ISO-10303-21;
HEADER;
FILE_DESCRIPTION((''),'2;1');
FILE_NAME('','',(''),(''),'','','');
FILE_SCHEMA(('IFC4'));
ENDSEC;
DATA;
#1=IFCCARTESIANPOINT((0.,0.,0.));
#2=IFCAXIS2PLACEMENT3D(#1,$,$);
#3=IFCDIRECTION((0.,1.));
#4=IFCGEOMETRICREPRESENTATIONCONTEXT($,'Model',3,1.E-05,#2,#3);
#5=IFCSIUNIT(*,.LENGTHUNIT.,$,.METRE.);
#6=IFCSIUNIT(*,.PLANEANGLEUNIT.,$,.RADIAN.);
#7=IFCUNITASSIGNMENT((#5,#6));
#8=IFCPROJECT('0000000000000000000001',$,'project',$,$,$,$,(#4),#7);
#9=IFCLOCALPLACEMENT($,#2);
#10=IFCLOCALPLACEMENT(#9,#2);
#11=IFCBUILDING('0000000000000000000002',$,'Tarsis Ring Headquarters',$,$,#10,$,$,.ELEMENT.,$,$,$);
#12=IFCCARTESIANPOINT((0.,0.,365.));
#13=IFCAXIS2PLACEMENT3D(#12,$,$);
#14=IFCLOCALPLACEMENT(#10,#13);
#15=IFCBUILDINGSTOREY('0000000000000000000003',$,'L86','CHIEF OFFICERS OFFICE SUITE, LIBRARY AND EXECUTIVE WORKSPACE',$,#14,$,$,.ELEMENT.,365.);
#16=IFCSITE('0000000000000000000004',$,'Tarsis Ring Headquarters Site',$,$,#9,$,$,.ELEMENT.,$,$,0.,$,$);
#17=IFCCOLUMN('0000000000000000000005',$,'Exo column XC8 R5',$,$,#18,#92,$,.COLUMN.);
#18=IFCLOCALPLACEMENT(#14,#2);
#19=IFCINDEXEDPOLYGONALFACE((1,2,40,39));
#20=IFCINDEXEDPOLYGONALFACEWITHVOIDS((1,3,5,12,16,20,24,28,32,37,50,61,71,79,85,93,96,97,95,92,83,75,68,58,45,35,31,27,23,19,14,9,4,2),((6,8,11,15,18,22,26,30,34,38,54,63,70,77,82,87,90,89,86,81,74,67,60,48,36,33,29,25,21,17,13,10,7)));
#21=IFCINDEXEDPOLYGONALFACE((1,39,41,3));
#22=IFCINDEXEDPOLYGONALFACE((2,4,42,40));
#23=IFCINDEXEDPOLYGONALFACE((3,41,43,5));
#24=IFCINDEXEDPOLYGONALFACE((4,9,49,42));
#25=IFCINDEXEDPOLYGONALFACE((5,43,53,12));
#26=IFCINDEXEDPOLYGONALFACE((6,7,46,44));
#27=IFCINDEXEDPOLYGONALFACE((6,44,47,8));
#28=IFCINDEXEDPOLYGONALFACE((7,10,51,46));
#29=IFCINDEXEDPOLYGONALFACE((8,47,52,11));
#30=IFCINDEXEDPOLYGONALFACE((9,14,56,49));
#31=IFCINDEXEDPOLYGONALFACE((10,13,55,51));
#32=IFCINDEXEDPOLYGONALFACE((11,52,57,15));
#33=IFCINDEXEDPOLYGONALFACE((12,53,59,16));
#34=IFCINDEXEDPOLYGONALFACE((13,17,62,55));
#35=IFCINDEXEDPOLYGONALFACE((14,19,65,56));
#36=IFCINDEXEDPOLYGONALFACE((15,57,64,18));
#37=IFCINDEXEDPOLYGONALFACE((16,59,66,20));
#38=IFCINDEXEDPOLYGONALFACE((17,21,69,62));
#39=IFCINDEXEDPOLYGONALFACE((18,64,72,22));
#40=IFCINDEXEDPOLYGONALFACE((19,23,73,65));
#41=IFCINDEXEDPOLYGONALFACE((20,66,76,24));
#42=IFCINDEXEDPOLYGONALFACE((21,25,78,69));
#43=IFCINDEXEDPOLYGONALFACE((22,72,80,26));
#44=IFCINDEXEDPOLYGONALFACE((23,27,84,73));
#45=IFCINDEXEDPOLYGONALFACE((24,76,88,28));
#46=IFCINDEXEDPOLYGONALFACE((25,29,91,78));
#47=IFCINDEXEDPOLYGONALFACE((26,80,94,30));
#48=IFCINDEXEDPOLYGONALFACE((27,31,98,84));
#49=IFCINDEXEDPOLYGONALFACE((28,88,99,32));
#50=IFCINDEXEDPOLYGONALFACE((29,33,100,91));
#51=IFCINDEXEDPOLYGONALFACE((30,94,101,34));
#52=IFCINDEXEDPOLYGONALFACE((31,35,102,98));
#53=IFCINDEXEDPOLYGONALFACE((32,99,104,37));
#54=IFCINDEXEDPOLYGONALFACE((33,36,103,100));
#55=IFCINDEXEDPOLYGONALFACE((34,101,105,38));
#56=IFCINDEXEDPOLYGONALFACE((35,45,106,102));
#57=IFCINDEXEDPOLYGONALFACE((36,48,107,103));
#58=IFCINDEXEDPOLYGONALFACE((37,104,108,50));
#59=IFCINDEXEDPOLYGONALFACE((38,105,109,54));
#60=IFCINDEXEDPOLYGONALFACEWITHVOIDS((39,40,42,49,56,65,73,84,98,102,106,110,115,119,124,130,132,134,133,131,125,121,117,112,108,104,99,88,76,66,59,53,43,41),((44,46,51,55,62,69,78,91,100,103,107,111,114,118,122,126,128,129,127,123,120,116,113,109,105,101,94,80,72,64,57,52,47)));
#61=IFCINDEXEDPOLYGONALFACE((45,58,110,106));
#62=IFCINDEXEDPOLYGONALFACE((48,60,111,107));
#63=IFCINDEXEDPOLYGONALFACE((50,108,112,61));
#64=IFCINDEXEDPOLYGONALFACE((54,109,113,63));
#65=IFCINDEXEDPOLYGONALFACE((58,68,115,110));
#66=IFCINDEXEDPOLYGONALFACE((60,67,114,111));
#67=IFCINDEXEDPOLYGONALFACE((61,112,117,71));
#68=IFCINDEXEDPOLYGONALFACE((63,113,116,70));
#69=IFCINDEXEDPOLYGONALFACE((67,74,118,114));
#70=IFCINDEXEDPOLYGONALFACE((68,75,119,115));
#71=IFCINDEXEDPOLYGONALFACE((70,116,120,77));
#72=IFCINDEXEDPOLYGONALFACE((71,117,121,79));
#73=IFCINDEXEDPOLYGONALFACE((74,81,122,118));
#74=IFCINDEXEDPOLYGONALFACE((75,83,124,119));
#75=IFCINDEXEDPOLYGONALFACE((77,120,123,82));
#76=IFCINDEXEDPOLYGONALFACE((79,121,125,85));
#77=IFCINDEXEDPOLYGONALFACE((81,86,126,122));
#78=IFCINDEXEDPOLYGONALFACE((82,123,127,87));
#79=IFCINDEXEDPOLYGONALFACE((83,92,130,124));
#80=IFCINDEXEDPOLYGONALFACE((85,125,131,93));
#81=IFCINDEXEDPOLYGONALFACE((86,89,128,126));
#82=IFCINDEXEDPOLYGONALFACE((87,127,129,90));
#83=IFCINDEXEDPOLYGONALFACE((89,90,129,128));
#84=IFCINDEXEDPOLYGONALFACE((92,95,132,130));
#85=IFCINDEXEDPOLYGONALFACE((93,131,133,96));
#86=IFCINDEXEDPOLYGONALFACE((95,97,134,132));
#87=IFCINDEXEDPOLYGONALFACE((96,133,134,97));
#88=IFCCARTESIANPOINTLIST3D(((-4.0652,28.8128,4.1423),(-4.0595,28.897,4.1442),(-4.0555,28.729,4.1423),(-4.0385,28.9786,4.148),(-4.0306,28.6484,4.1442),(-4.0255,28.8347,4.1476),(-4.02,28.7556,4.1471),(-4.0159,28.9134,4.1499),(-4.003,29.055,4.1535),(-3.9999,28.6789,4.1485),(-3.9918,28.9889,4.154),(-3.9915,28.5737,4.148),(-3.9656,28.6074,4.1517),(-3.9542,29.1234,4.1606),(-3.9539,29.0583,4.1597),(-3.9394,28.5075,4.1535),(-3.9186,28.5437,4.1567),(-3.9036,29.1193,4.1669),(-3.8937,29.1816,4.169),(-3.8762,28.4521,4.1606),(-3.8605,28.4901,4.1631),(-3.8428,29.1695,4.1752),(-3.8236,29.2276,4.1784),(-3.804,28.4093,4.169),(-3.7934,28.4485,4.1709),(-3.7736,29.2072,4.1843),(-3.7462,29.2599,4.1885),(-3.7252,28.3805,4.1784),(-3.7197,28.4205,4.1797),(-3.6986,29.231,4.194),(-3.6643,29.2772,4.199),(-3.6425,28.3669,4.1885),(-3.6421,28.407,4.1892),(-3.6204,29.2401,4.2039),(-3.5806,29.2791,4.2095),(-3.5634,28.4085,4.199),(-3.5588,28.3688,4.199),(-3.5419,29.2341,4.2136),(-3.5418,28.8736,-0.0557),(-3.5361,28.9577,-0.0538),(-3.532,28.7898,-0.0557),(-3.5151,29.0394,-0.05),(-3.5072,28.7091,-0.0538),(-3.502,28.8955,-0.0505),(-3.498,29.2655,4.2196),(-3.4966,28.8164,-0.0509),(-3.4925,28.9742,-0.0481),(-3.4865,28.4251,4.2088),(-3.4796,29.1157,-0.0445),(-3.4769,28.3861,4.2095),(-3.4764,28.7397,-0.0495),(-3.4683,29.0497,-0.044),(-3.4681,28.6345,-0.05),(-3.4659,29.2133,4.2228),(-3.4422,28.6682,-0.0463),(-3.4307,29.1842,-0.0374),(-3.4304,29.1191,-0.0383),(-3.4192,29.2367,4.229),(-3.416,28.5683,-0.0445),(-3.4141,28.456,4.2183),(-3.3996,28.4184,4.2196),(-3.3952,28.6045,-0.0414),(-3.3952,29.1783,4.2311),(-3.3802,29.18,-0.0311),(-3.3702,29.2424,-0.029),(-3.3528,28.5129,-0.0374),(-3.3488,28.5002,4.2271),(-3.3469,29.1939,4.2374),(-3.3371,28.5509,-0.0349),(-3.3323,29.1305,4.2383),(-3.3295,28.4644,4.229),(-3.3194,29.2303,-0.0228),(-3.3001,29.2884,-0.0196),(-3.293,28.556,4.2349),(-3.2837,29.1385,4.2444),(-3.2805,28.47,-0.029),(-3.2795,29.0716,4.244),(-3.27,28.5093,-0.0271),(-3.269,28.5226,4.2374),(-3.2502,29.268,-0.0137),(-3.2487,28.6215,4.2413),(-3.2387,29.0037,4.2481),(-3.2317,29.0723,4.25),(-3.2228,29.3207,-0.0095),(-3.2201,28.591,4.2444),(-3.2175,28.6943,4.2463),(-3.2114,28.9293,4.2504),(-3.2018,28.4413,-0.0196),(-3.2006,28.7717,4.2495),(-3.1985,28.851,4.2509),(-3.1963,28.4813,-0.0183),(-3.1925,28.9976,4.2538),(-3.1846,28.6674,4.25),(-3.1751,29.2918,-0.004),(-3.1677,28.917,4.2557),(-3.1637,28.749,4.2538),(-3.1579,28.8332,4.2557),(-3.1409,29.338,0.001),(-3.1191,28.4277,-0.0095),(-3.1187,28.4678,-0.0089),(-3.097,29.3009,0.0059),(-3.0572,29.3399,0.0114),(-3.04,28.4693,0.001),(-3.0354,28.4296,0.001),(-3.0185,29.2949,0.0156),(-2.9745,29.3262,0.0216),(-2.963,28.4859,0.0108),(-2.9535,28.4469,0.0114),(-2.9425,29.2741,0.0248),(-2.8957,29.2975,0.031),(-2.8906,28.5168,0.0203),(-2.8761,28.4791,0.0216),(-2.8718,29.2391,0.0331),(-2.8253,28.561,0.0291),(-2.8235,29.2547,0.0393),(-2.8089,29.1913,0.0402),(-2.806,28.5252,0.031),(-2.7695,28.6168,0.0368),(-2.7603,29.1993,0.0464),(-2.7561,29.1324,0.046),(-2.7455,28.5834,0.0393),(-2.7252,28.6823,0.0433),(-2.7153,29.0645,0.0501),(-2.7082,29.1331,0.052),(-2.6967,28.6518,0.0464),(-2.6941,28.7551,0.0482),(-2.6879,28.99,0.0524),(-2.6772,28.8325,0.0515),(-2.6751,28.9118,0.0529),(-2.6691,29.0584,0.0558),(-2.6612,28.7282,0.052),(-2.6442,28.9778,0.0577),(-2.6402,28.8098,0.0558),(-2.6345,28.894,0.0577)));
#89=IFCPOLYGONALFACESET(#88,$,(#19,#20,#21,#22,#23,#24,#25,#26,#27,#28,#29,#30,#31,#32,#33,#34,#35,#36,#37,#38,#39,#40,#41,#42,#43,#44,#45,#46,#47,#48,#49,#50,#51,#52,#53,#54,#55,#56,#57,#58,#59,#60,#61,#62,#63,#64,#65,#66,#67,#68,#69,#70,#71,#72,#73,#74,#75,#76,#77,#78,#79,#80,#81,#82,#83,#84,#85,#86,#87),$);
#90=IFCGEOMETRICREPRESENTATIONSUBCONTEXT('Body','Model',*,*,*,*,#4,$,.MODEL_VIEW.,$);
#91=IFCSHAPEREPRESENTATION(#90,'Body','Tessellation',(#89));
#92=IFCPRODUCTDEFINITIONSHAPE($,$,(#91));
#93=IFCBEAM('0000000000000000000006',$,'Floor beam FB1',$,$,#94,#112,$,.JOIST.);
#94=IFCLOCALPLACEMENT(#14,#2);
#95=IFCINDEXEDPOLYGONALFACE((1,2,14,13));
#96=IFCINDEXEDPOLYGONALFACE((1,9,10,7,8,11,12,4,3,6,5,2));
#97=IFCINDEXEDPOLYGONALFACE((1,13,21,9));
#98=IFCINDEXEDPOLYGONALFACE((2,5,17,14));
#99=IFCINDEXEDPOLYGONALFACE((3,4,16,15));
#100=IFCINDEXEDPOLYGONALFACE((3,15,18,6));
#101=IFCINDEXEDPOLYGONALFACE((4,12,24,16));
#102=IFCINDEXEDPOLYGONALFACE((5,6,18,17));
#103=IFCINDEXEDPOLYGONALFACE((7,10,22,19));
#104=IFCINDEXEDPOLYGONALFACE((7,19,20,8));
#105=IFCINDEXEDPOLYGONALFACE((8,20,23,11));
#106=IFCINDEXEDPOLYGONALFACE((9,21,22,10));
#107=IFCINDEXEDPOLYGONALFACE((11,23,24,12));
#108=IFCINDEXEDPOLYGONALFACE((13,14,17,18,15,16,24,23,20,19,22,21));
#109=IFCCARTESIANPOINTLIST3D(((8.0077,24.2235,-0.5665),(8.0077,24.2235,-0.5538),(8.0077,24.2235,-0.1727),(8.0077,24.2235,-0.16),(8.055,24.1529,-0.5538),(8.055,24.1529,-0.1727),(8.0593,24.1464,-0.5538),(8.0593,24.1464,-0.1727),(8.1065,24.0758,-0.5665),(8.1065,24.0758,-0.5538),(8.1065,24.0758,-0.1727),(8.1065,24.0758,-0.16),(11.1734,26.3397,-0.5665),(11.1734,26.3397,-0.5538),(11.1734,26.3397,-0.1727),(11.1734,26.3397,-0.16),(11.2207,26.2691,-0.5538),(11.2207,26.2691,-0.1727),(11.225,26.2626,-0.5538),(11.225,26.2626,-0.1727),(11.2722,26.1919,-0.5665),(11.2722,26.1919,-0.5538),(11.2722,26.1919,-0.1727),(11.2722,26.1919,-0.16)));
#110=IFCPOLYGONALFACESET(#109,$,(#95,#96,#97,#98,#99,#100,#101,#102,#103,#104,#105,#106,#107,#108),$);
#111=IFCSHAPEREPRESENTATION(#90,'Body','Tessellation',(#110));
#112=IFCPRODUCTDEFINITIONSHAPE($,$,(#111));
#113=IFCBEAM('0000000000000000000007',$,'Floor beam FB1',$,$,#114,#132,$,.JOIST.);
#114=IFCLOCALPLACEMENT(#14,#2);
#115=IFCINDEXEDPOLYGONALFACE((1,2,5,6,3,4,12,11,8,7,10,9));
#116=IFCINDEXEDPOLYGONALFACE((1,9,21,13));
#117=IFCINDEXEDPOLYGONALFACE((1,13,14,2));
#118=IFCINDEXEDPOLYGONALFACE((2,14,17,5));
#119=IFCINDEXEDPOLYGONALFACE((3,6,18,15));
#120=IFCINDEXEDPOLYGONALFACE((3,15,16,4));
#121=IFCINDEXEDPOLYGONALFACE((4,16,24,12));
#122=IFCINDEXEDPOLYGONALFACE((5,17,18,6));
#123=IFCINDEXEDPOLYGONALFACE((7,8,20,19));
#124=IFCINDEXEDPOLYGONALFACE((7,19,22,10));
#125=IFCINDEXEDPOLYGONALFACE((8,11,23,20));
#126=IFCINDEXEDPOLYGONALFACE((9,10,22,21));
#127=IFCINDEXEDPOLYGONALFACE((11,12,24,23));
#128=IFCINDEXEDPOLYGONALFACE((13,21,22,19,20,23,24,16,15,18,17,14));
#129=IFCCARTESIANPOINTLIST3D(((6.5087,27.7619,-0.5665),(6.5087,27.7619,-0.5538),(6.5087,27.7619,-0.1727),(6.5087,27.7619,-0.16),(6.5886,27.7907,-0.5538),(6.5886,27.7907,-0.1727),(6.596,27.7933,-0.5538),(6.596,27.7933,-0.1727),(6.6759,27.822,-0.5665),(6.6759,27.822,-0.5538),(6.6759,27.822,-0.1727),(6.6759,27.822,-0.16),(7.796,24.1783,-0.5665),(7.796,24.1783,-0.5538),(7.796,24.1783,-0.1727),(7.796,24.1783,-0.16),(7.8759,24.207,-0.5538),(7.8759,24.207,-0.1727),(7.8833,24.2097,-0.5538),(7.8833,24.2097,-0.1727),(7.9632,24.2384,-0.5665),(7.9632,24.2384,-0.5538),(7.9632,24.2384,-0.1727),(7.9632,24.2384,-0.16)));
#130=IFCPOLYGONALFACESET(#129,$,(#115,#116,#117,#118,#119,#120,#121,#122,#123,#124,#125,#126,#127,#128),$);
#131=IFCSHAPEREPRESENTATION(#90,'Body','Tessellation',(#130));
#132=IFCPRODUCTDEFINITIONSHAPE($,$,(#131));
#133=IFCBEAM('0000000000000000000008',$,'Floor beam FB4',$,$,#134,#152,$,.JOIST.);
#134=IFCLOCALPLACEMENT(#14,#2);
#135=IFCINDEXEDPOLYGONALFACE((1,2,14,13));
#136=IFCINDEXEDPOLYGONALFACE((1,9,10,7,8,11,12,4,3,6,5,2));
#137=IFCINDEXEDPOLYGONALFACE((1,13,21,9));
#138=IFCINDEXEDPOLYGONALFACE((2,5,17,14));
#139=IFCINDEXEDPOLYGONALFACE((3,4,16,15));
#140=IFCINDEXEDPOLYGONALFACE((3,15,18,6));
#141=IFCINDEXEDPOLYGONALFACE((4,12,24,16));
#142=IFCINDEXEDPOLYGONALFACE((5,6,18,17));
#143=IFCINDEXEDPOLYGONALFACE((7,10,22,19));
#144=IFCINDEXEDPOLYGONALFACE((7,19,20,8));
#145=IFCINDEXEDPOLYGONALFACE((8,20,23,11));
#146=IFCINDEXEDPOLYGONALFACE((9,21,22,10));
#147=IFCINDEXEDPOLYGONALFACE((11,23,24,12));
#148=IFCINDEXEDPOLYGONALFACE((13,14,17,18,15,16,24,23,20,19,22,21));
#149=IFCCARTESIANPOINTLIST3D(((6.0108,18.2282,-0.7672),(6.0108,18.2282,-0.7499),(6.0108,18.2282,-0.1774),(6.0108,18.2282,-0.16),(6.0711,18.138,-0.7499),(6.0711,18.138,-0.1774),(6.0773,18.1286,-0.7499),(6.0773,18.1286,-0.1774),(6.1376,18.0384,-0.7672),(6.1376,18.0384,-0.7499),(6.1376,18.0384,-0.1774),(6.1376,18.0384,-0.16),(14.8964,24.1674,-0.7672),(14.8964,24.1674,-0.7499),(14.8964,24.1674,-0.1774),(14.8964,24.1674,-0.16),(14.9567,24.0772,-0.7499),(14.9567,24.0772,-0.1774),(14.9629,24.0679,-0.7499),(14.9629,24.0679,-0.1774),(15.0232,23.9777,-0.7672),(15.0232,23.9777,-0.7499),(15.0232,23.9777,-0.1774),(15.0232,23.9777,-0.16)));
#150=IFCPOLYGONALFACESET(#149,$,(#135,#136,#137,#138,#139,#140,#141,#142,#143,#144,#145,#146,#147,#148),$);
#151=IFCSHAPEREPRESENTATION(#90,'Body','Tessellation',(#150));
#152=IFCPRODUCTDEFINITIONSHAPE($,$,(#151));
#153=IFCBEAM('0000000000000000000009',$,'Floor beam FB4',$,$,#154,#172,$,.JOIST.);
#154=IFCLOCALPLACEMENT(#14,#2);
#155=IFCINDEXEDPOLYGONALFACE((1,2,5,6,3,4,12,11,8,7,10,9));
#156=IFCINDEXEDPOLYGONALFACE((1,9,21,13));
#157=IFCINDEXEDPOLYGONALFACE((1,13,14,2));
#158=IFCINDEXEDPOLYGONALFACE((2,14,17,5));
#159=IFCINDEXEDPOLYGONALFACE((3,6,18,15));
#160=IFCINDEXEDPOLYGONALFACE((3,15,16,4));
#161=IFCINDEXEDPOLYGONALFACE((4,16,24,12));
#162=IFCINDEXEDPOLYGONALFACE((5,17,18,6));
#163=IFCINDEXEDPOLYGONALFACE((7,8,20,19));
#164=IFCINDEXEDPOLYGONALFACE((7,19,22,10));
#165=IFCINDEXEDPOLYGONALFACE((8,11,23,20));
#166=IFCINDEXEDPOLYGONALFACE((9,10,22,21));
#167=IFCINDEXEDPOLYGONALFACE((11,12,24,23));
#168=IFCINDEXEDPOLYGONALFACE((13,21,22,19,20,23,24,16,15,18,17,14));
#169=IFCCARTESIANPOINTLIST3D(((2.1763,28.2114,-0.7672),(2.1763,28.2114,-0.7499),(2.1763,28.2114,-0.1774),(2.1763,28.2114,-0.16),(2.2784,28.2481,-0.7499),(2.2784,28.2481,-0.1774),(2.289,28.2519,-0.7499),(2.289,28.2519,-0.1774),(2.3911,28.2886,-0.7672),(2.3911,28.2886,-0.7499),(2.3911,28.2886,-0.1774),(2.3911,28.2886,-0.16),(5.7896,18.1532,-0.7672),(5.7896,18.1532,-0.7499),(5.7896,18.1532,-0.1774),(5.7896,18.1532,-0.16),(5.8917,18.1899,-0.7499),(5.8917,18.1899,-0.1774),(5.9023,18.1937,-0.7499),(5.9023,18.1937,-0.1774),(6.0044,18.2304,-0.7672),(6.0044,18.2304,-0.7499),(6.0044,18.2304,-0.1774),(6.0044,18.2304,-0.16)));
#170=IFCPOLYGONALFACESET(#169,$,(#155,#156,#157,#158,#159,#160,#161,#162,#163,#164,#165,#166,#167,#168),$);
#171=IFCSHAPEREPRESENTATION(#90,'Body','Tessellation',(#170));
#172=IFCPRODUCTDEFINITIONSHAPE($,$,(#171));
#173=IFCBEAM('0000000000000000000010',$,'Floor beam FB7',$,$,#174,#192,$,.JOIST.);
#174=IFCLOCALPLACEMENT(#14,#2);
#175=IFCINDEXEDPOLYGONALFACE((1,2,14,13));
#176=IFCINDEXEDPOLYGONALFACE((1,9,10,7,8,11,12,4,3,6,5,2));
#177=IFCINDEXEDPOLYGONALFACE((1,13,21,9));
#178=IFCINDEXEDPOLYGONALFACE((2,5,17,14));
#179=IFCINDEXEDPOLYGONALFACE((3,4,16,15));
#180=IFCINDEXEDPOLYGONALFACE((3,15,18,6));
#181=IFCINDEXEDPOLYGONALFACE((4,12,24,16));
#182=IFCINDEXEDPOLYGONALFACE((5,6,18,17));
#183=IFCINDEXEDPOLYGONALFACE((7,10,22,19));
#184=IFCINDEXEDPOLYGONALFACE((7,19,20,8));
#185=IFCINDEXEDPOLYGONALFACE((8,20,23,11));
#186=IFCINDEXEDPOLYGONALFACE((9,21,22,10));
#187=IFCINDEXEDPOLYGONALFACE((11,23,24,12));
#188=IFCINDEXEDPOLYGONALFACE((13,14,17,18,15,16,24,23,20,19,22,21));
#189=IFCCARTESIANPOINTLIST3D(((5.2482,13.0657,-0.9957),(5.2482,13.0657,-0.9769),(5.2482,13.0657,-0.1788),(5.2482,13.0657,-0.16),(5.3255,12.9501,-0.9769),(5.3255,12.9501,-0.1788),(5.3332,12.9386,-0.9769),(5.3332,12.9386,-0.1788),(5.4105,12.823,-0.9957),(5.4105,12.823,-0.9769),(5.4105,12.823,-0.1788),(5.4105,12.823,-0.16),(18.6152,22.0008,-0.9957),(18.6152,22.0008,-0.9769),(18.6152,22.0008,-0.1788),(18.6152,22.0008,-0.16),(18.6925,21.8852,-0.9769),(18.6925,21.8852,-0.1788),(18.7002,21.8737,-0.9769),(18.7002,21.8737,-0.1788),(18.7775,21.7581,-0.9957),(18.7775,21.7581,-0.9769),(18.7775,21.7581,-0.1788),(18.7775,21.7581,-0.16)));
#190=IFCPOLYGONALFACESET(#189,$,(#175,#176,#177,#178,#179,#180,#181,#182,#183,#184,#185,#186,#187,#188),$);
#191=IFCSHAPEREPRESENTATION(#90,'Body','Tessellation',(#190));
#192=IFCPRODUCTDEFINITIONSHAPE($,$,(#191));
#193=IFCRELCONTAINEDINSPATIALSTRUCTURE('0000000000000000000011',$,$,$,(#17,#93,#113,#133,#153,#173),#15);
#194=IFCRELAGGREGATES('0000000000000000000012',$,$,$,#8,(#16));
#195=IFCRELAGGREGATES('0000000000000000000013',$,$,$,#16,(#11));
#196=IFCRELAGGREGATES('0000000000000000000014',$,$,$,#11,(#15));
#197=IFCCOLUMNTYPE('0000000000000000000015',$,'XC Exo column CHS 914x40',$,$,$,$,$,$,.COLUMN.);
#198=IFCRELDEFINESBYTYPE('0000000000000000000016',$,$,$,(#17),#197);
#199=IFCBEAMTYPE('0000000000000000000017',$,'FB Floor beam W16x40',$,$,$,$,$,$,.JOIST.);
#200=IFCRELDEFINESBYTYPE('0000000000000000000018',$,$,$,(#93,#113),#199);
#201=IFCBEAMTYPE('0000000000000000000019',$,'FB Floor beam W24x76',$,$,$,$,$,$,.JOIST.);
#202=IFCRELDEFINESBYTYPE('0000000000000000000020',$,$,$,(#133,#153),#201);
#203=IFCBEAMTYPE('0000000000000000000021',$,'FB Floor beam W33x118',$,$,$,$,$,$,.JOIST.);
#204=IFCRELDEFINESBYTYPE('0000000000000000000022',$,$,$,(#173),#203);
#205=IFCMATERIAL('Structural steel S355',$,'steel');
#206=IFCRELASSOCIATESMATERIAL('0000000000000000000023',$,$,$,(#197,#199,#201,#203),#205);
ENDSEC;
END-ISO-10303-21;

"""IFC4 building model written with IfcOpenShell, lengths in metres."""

from ifc_helpers import new_model, si_unit, direction, frame, origin, origin_2d, place, context, subcontext, project, spatial, hollow_circle, i_section, extrude, material, material_profile, profile_set, type_object, element, save


model = new_model("IFC4")

# Units and contexts
model_context = context("Model", 3, precision=1e-05, world=origin(), true_north=direction((0.0, 1.0)))
body_context = subcontext(model_context, "Body", "Model", "MODEL_VIEW")
ifc_project = project(units=[si_unit("LENGTHUNIT", "METRE"), si_unit("PLANEANGLEUNIT", "RADIAN")], contexts=[model_context])

# Site, building, storey
site_placement = place(None, origin())
site = spatial("IfcSite", under=ifc_project, at=site_placement, Name="Tarsis Ring Headquarters Site", CompositionType="ELEMENT", RefElevation=0.0)
building_placement = place(site_placement, origin())
building = spatial("IfcBuilding", under=site, at=building_placement, Name="Tarsis Ring Headquarters", CompositionType="ELEMENT")
storey_placement = place(building_placement, frame((0.0, 0.0, 365.0)))
storey = spatial("IfcBuildingStorey", under=building, at=storey_placement, Name="L86", Description="CHIEF OFFICERS OFFICE SUITE, LIBRARY AND EXECUTIVE WORKSPACE", CompositionType="ELEMENT", Elevation=365.0)

# Column
ifc_material_1 = material(Name="Structural steel S355", Category="steel")
ifc_material_profile_1 = material_profile(ifc_material_1, hollow_circle(Radius=0.457, WallThickness=0.04, at=origin_2d()), Name="CHS 914x40")
ifc_profile_set_1 = profile_set([ifc_material_profile_1], Name="Structural steel S355")
column_type = type_object("IfcColumnType", Name="XC Exo column CHS 914x40", PredefinedType="COLUMN", material=ifc_profile_set_1)
column_placement = place(storey_placement, frame((-3.0881, 28.8838, 0.001), z_axis=(-0.123717, -0.014368, 0.992214), x_axis=(0.115363, -0.993323, 0.0)))
element("IfcColumn", 1, at=column_placement, inside=storey, type_object=column_type, Name="Exo column XC8 R5", PredefinedType="COLUMN", context=body_context, shape_type="SweptSolid", body=[
    extrude(hollow_circle(Radius=0.4573, WallThickness=0.04, at=origin_2d()), origin(), (0.0, 0.0, 1.0), 4.231),
])

# Beams
ifc_material_profile_2 = material_profile(ifc_material_1, i_section(OverallWidth=0.1777, OverallDepth=0.4065, WebThickness=0.0078, FlangeThickness=0.0127, at=origin_2d()), Name="W16x40")
ifc_profile_set_2 = profile_set([ifc_material_profile_2], Name="Structural steel S355")
beam_type_1 = type_object("IfcBeamType", Name="FB Floor beam W16x40", PredefinedType="JOIST", material=ifc_profile_set_2)
for number, where, z_axis, x_axis, name in (
    (2, (8.0571, 24.1497, -0.3633), (0.831359, 0.555735, 0.0), (-0.555735, 0.831359, 0.0), "Floor beam FB1"),
    (3, (6.5923, 27.792, -0.3633), (0.33807, -0.941121, 0.0), (0.941121, 0.33807, 0.0), "Floor beam FB1"),
):
    element("IfcBeam", number, at=place(storey_placement, frame(where, z_axis=z_axis, x_axis=x_axis)), inside=storey, type_object=beam_type_1, Name=name, PredefinedType="JOIST", context=body_context, shape_type="SweptSolid", body=[
        extrude(i_section(OverallWidth=0.1777, OverallDepth=0.4065, WebThickness=0.0078, FlangeThickness=0.0127, at=origin_2d()), origin(), (0.0, 0.0, 1.0), 3.8079),
    ])
ifc_material_profile_3 = material_profile(ifc_material_1, i_section(OverallWidth=0.2283, OverallDepth=0.6072, WebThickness=0.0112, FlangeThickness=0.0173, at=origin_2d()), Name="W24x76")
ifc_profile_set_3 = profile_set([ifc_material_profile_3], Name="Structural steel S355")
beam_type_2 = type_object("IfcBeamType", Name="FB Floor beam W24x76", PredefinedType="JOIST", material=ifc_profile_set_3)
beam_1_placement = place(storey_placement, frame((6.0742, 18.1333, -0.4636), z_axis=(0.831378, 0.555707, 0.0), x_axis=(-0.555707, 0.831378, 0.0)))
element("IfcBeam", 4, at=beam_1_placement, inside=storey, type_object=beam_type_2, Name="Floor beam FB4", PredefinedType="JOIST", context=body_context, shape_type="SweptSolid", body=[
    extrude(i_section(OverallWidth=0.2283, OverallDepth=0.6072, WebThickness=0.0112, FlangeThickness=0.0173, at=origin_2d()), origin(), (0.0, 0.0, 1.0), 10.6877),
])
beam_2_placement = place(storey_placement, frame((2.2837, 28.25, -0.4636), z_axis=(0.338087, -0.941115, 0.0), x_axis=(0.941115, 0.338087, 0.0)))
element("IfcBeam", 5, at=beam_2_placement, inside=storey, type_object=beam_type_2, Name="Floor beam FB4", PredefinedType="JOIST", context=body_context, shape_type="SweptSolid", body=[
    extrude(i_section(OverallWidth=0.2283, OverallDepth=0.6072, WebThickness=0.0112, FlangeThickness=0.0173, at=origin_2d()), origin(), (0.0, 0.0, 1.0), 10.6875),
])
ifc_material_profile_4 = material_profile(ifc_material_1, i_section(OverallWidth=0.292, OverallDepth=0.8357, WebThickness=0.0139, FlangeThickness=0.0188, at=origin_2d()), Name="W33x118")
ifc_profile_set_4 = profile_set([ifc_material_profile_4], Name="Structural steel S355")
beam_type_3 = type_object("IfcBeamType", Name="FB Floor beam W33x118", PredefinedType="JOIST", material=ifc_profile_set_4)
beam_3_placement = place(storey_placement, frame((5.3293, 12.9443, -0.5779), z_axis=(0.831368, 0.555723, 0.0), x_axis=(-0.555723, 0.831368, 0.0)))
element("IfcBeam", 6, at=beam_3_placement, inside=storey, type_object=beam_type_3, Name="Floor beam FB7", PredefinedType="JOIST", context=body_context, shape_type="SweptSolid", body=[
    extrude(i_section(OverallWidth=0.292, OverallDepth=0.8357, WebThickness=0.0139, FlangeThickness=0.0188, at=origin_2d()), origin(), (0.0, 0.0, 1.0), 16.0784),
])

save(model, "model.ifc")
